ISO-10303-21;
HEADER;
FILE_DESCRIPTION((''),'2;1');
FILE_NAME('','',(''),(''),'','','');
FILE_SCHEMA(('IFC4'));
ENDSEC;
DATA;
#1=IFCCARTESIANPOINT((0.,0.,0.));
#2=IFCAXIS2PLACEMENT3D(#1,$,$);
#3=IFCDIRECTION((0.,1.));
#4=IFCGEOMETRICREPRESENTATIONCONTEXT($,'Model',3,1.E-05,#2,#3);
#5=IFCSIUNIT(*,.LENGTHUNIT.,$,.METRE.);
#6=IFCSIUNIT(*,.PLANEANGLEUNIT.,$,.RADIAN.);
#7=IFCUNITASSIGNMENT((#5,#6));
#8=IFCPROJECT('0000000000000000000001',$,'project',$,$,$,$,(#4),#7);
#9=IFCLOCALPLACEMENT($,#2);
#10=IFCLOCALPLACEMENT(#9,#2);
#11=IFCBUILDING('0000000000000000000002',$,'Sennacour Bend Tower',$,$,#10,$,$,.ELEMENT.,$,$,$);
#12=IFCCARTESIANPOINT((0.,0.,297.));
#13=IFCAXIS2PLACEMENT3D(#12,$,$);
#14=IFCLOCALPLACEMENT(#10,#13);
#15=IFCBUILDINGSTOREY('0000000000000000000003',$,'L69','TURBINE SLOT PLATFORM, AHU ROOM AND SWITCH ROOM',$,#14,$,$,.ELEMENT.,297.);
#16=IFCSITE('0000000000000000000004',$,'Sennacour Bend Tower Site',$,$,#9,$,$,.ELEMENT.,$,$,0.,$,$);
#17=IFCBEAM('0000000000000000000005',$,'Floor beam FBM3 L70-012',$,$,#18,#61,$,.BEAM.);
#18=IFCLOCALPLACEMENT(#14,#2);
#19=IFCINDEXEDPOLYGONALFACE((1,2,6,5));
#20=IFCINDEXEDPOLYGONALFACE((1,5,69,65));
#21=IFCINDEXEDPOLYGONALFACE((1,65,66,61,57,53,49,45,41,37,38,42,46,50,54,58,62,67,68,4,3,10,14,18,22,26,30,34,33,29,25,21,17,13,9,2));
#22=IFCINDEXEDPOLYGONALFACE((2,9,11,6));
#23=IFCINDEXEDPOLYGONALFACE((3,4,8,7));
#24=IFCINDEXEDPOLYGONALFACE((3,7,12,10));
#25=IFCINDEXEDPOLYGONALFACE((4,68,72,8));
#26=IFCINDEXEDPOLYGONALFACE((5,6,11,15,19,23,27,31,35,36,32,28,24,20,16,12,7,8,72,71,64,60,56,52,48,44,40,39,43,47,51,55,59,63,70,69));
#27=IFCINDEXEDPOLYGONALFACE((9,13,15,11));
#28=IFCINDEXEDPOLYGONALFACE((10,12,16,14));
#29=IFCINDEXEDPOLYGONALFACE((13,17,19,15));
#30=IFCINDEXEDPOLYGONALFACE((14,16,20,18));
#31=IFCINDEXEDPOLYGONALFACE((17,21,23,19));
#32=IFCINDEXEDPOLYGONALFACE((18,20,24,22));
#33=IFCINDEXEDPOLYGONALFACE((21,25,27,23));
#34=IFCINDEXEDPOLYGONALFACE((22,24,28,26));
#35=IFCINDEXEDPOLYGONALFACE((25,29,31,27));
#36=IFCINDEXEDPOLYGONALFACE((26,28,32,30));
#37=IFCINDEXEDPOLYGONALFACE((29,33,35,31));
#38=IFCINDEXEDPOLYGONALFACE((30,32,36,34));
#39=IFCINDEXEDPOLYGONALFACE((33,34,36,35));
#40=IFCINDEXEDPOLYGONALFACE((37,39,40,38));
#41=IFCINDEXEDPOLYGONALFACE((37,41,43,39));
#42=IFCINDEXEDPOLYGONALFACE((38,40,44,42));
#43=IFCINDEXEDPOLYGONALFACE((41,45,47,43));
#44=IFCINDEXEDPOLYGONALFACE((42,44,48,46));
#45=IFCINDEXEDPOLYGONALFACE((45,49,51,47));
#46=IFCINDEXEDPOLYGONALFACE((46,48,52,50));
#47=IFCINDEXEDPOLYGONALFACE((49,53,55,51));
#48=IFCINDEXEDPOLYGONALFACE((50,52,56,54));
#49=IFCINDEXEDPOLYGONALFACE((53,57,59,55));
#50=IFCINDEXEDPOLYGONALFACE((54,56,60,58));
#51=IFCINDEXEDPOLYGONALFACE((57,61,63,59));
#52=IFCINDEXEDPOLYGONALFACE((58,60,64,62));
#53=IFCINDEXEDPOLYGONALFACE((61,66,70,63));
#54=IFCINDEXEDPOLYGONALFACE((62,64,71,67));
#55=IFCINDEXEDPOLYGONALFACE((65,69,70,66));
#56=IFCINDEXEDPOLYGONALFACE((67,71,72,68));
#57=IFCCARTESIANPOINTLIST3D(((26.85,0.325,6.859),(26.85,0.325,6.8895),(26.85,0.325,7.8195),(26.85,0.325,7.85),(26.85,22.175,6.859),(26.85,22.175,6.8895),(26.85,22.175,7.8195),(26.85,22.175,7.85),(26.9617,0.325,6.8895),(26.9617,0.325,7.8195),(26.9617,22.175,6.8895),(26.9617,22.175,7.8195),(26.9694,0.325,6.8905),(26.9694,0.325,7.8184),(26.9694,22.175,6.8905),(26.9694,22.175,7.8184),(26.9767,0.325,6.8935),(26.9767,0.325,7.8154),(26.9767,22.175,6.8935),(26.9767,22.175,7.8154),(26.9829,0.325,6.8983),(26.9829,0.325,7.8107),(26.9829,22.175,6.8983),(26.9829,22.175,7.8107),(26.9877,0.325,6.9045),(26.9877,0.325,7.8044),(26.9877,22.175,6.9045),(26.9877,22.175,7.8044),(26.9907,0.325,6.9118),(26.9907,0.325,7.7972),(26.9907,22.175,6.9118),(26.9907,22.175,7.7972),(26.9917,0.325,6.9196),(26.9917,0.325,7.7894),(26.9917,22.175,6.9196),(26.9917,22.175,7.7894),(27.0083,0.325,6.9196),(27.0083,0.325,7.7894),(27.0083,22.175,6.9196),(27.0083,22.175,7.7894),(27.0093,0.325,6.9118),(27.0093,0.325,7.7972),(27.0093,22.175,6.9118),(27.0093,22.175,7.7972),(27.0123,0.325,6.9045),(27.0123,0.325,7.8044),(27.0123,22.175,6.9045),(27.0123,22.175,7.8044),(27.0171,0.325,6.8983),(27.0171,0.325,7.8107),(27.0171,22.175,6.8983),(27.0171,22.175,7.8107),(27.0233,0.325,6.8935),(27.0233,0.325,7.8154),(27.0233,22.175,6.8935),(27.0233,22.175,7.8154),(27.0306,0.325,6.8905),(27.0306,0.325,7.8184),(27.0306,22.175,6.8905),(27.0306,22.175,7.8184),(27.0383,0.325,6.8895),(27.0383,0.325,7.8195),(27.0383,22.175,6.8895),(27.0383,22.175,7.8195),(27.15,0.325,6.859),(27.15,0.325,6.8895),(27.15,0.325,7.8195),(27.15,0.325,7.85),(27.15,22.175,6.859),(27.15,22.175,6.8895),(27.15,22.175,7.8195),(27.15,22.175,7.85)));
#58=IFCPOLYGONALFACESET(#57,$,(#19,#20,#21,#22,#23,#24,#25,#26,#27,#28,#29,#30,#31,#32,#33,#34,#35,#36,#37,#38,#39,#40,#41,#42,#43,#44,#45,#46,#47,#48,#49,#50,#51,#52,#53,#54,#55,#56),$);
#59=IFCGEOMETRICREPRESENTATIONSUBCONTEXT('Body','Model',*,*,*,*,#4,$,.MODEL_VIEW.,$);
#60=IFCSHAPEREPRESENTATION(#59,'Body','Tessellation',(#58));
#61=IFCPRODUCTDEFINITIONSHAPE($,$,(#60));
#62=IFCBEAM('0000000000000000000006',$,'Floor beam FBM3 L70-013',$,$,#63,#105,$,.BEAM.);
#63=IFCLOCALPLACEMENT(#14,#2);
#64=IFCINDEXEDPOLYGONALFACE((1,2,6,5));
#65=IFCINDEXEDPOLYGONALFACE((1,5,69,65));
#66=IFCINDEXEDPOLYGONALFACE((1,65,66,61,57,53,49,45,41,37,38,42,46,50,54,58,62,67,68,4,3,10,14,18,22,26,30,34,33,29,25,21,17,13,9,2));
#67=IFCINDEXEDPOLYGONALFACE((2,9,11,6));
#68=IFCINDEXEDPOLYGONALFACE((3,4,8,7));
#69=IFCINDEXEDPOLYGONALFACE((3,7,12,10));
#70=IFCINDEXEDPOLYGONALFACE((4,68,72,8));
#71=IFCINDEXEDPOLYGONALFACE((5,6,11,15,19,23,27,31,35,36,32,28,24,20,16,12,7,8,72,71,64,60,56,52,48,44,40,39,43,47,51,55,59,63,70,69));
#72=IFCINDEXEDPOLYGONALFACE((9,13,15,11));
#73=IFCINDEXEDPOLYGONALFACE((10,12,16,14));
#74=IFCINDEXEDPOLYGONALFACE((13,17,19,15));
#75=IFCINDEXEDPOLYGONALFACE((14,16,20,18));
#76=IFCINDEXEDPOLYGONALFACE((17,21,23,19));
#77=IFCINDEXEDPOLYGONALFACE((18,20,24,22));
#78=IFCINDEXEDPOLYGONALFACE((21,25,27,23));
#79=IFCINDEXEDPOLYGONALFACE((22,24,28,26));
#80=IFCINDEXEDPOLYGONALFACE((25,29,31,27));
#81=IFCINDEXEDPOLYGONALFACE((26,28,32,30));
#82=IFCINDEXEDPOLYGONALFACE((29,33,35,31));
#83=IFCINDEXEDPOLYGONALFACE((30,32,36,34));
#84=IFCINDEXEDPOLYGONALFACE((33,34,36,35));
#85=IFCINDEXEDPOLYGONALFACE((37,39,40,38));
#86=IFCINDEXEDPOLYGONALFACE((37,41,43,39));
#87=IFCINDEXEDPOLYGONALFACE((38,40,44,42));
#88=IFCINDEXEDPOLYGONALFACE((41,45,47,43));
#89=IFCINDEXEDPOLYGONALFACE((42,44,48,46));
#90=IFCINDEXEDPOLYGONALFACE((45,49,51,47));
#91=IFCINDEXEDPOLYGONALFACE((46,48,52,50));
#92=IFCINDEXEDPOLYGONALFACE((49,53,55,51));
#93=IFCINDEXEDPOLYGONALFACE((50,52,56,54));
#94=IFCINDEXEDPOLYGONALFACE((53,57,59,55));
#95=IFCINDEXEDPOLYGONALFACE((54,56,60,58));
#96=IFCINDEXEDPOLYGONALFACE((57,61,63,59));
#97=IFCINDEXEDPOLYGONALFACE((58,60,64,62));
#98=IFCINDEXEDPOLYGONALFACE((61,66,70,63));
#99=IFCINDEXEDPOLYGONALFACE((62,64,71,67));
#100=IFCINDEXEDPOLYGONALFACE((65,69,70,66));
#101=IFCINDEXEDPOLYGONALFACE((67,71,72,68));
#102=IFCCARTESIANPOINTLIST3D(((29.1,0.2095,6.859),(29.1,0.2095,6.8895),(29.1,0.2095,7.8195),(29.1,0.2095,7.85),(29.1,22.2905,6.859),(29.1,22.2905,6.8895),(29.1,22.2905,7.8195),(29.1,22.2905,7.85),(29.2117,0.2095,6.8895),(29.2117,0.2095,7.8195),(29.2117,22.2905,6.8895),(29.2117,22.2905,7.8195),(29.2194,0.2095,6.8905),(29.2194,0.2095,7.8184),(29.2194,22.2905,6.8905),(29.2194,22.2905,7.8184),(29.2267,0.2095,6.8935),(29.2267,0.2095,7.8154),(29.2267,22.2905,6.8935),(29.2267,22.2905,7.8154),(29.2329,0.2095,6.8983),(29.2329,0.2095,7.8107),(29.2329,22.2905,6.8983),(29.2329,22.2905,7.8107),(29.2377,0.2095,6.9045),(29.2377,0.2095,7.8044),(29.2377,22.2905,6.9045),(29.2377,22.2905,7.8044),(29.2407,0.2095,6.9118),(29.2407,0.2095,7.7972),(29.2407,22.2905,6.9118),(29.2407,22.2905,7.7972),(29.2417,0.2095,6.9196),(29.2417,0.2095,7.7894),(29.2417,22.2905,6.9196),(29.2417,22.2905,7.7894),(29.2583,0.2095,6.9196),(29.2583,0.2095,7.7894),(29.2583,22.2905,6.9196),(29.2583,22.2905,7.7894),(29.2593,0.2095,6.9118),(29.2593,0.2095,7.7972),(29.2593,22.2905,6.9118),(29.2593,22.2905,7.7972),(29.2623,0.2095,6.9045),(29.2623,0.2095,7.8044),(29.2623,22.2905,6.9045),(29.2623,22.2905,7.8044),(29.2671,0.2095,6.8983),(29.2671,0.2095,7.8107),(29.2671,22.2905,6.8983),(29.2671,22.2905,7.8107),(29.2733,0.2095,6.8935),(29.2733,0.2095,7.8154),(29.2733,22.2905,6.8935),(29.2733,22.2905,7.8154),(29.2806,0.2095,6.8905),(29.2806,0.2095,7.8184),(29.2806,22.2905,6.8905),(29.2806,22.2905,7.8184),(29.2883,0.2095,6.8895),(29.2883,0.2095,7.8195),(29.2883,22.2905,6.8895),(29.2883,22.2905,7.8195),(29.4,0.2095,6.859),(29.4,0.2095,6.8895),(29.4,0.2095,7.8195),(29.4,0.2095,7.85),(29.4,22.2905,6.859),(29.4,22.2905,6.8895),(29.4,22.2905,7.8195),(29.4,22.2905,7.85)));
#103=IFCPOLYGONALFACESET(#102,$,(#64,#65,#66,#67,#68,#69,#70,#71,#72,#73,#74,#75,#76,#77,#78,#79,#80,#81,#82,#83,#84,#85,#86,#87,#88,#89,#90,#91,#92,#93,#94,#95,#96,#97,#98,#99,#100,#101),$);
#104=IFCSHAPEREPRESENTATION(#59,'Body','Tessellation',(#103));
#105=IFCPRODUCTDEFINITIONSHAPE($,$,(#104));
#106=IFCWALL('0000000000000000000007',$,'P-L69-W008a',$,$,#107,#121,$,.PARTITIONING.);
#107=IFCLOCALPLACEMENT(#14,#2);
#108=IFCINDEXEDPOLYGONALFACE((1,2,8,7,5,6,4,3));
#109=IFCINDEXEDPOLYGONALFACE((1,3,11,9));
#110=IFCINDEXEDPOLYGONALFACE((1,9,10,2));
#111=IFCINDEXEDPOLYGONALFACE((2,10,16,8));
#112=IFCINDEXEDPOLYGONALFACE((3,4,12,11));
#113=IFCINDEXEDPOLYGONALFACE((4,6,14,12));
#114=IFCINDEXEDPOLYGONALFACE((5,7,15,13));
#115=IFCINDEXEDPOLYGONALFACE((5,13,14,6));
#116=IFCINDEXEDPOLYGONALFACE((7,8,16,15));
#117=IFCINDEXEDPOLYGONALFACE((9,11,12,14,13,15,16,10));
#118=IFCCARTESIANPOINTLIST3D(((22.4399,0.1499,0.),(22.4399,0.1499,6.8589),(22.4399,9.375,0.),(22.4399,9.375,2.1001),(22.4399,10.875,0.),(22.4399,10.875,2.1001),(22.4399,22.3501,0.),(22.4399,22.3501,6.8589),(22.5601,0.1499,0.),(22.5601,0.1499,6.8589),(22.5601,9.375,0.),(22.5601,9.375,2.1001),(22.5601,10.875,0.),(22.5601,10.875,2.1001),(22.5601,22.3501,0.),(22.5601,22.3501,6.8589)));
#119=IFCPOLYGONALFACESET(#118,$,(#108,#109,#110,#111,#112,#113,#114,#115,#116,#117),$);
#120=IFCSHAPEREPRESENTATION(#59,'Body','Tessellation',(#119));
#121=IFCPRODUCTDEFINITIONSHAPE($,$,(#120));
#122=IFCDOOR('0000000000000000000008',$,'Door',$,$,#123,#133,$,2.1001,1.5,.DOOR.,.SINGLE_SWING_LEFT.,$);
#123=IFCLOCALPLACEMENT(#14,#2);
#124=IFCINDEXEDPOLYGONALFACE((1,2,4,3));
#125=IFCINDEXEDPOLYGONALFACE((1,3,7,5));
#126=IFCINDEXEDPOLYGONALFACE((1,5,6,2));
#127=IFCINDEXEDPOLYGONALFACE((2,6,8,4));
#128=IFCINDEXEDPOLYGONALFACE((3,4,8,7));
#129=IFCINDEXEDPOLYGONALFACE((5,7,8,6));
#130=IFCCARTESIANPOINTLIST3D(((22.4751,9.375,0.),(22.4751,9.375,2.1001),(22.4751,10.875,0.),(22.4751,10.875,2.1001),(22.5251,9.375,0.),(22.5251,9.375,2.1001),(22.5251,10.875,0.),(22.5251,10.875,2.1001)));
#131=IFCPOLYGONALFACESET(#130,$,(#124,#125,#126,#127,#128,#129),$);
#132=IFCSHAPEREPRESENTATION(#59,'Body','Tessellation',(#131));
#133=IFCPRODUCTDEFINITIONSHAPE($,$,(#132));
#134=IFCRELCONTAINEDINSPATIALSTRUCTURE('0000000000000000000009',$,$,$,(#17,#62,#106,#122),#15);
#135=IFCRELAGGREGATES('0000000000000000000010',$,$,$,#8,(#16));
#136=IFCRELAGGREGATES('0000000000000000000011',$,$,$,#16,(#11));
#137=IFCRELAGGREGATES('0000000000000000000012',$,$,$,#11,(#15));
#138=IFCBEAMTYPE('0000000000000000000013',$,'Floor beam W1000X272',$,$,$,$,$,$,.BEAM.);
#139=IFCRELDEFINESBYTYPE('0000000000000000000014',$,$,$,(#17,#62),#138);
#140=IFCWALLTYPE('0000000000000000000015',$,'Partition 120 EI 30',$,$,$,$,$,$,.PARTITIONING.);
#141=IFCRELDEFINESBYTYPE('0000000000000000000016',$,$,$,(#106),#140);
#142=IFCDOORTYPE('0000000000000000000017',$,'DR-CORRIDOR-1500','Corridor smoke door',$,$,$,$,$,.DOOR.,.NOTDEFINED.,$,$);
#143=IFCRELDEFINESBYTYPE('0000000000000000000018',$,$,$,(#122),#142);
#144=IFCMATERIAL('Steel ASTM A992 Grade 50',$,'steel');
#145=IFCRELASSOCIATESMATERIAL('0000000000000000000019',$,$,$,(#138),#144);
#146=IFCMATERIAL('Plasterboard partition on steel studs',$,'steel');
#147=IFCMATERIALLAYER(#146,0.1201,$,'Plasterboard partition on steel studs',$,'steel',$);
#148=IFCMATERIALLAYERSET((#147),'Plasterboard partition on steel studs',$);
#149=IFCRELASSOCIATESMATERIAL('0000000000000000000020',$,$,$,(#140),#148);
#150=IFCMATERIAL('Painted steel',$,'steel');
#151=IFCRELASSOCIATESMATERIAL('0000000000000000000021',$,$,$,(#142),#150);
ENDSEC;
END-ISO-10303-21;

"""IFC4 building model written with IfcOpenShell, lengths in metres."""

from ifc_helpers import new_model, si_unit, direction, frame, frame_2d, origin, origin_2d, place, context, subcontext, project, spatial, rectangle, i_section, extrude, material, layer, layer_set, material_profile, profile_set, type_object, element, fill, save


model = new_model("IFC4")

# Units and contexts
model_context = context("Model", 3, precision=1e-05, world=origin(), true_north=direction((0.0, 1.0)))
body_context = subcontext(model_context, "Body", "Model", "MODEL_VIEW")
ifc_project = project(units=[si_unit("LENGTHUNIT", "METRE"), si_unit("PLANEANGLEUNIT", "RADIAN")], contexts=[model_context])

# Site, building, storey
site_placement = place(None, origin())
site = spatial("IfcSite", under=ifc_project, at=site_placement, Name="Sennacour Bend Tower Site", CompositionType="ELEMENT", RefElevation=0.0)
building_placement = place(site_placement, origin())
building = spatial("IfcBuilding", under=site, at=building_placement, Name="Sennacour Bend Tower", CompositionType="ELEMENT")
storey_placement = place(building_placement, frame((0.0, 0.0, 297.0)))
storey = spatial("IfcBuildingStorey", under=building, at=storey_placement, Name="L69", Description="TURBINE SLOT PLATFORM, AHU ROOM AND SWITCH ROOM", CompositionType="ELEMENT", Elevation=297.0)

# Shared definitions
ifc_material_1 = material(Name="Steel ASTM A992 Grade 50", Category="steel")

# Beams
ifc_material_profile_1 = material_profile(ifc_material_1, i_section(OverallWidth=0.3, OverallDepth=0.991, WebThickness=0.0166, FlangeThickness=0.0305, FilletRadius=0.03, at=origin_2d()), Name="Steel ASTM A992 Grade 50", Category="steel")
ifc_profile_set_1 = profile_set([ifc_material_profile_1], Name="Steel ASTM A992 Grade 50")
beam_type = type_object("IfcBeamType", Name="Floor beam W1000X272", PredefinedType="BEAM", material=ifc_profile_set_1)
beam_1_placement = place(storey_placement, frame((27.0, 0.325, 7.3545), z_axis=(0.0, 1.0, 0.0), x_axis=(-1.0, 0.0, 0.0)))
element("IfcBeam", 1, at=beam_1_placement, inside=storey, type_object=beam_type, Name="Floor beam FBM3 L70-012", PredefinedType="BEAM", context=body_context, shape_type="SweptSolid", body=[
    extrude(i_section(OverallWidth=0.3, OverallDepth=0.991, WebThickness=0.0166, FlangeThickness=0.0305, FilletRadius=0.03, at=origin_2d()), origin(), (0.0, 0.0, 1.0), 21.8501),
])
beam_2_placement = place(storey_placement, frame((29.25, 0.2095, 7.3545), z_axis=(0.0, 1.0, 0.0), x_axis=(-1.0, 0.0, 0.0)))
element("IfcBeam", 2, at=beam_2_placement, inside=storey, type_object=beam_type, Name="Floor beam FBM3 L70-013", PredefinedType="BEAM", context=body_context, shape_type="SweptSolid", body=[
    extrude(i_section(OverallWidth=0.3, OverallDepth=0.991, WebThickness=0.0166, FlangeThickness=0.0305, FilletRadius=0.03, at=origin_2d()), origin(), (0.0, 0.0, 1.0), 22.0811),
])

# Wall, opening, door
ifc_material_2 = material(Name="Plasterboard partition on steel studs", Category="steel")
ifc_layer = layer(ifc_material_2, 0.1201, Name="Plasterboard partition on steel studs", Category="steel")
ifc_layer_set = layer_set([ifc_layer], Name="Plasterboard partition on steel studs")
wall_type = type_object("IfcWallType", Name="Partition 120 EI 30", PredefinedType="PARTITIONING", material=ifc_layer_set)
wall_placement = place(storey_placement, frame((22.5, 0.1499, 0.0), z_axis=(0.0, 0.0, 1.0), x_axis=(0.0, 1.0, 0.0)))
wall = element("IfcWall", 3, at=wall_placement, inside=storey, type_object=wall_type, Name="P-L69-W008a", PredefinedType="PARTITIONING", context=body_context, shape_type="SweptSolid", body=[
    extrude(rectangle(XDim=22.2002, YDim=0.1201, at=frame_2d((11.1001, 0.0))), origin(), (0.0, 0.0, 1.0), 6.8589),
])
opening_placement = place(wall_placement, frame((9.2251, 0.0, 0.0)))
opening = element("IfcOpeningElement", 4, at=opening_placement, cuts=wall, PredefinedType="OPENING", context=body_context, shape_type="SweptSolid", body=[
    extrude(rectangle(XDim=1.5, YDim=2.1001, at=frame_2d((0.75, 1.05))), frame((0.0, 0.0701, 0.0), z_axis=(0.0, -1.0, 0.0), x_axis=(1.0, 0.0, 0.0)), (0.0, 0.0, 1.0), 0.1401),
])
ifc_material_3 = material(Name="Painted steel", Category="steel")
door_type = type_object("IfcDoorType", Name="DR-CORRIDOR-1500", Description="Corridor smoke door", OperationType="NOTDEFINED", PredefinedType="DOOR", material=ifc_material_3)
door_placement = place(opening_placement, origin())
door = element("IfcDoor", 5, at=door_placement, inside=storey, type_object=door_type, Name="Door", OperationType="SINGLE_SWING_LEFT", OverallHeight=2.1001, OverallWidth=1.5, PredefinedType="DOOR", context=body_context, shape_type="SweptSolid", body=[
    extrude(rectangle(XDim=1.5, YDim=2.1001, at=frame_2d((0.75, 1.05))), frame((0.0, 0.0249, 0.0), z_axis=(0.0, -1.0, 0.0), x_axis=(1.0, 0.0, 0.0)), (0.0, 0.0, 1.0), 0.05),
])
fill(opening, door)

save(model, "model.ifc")
